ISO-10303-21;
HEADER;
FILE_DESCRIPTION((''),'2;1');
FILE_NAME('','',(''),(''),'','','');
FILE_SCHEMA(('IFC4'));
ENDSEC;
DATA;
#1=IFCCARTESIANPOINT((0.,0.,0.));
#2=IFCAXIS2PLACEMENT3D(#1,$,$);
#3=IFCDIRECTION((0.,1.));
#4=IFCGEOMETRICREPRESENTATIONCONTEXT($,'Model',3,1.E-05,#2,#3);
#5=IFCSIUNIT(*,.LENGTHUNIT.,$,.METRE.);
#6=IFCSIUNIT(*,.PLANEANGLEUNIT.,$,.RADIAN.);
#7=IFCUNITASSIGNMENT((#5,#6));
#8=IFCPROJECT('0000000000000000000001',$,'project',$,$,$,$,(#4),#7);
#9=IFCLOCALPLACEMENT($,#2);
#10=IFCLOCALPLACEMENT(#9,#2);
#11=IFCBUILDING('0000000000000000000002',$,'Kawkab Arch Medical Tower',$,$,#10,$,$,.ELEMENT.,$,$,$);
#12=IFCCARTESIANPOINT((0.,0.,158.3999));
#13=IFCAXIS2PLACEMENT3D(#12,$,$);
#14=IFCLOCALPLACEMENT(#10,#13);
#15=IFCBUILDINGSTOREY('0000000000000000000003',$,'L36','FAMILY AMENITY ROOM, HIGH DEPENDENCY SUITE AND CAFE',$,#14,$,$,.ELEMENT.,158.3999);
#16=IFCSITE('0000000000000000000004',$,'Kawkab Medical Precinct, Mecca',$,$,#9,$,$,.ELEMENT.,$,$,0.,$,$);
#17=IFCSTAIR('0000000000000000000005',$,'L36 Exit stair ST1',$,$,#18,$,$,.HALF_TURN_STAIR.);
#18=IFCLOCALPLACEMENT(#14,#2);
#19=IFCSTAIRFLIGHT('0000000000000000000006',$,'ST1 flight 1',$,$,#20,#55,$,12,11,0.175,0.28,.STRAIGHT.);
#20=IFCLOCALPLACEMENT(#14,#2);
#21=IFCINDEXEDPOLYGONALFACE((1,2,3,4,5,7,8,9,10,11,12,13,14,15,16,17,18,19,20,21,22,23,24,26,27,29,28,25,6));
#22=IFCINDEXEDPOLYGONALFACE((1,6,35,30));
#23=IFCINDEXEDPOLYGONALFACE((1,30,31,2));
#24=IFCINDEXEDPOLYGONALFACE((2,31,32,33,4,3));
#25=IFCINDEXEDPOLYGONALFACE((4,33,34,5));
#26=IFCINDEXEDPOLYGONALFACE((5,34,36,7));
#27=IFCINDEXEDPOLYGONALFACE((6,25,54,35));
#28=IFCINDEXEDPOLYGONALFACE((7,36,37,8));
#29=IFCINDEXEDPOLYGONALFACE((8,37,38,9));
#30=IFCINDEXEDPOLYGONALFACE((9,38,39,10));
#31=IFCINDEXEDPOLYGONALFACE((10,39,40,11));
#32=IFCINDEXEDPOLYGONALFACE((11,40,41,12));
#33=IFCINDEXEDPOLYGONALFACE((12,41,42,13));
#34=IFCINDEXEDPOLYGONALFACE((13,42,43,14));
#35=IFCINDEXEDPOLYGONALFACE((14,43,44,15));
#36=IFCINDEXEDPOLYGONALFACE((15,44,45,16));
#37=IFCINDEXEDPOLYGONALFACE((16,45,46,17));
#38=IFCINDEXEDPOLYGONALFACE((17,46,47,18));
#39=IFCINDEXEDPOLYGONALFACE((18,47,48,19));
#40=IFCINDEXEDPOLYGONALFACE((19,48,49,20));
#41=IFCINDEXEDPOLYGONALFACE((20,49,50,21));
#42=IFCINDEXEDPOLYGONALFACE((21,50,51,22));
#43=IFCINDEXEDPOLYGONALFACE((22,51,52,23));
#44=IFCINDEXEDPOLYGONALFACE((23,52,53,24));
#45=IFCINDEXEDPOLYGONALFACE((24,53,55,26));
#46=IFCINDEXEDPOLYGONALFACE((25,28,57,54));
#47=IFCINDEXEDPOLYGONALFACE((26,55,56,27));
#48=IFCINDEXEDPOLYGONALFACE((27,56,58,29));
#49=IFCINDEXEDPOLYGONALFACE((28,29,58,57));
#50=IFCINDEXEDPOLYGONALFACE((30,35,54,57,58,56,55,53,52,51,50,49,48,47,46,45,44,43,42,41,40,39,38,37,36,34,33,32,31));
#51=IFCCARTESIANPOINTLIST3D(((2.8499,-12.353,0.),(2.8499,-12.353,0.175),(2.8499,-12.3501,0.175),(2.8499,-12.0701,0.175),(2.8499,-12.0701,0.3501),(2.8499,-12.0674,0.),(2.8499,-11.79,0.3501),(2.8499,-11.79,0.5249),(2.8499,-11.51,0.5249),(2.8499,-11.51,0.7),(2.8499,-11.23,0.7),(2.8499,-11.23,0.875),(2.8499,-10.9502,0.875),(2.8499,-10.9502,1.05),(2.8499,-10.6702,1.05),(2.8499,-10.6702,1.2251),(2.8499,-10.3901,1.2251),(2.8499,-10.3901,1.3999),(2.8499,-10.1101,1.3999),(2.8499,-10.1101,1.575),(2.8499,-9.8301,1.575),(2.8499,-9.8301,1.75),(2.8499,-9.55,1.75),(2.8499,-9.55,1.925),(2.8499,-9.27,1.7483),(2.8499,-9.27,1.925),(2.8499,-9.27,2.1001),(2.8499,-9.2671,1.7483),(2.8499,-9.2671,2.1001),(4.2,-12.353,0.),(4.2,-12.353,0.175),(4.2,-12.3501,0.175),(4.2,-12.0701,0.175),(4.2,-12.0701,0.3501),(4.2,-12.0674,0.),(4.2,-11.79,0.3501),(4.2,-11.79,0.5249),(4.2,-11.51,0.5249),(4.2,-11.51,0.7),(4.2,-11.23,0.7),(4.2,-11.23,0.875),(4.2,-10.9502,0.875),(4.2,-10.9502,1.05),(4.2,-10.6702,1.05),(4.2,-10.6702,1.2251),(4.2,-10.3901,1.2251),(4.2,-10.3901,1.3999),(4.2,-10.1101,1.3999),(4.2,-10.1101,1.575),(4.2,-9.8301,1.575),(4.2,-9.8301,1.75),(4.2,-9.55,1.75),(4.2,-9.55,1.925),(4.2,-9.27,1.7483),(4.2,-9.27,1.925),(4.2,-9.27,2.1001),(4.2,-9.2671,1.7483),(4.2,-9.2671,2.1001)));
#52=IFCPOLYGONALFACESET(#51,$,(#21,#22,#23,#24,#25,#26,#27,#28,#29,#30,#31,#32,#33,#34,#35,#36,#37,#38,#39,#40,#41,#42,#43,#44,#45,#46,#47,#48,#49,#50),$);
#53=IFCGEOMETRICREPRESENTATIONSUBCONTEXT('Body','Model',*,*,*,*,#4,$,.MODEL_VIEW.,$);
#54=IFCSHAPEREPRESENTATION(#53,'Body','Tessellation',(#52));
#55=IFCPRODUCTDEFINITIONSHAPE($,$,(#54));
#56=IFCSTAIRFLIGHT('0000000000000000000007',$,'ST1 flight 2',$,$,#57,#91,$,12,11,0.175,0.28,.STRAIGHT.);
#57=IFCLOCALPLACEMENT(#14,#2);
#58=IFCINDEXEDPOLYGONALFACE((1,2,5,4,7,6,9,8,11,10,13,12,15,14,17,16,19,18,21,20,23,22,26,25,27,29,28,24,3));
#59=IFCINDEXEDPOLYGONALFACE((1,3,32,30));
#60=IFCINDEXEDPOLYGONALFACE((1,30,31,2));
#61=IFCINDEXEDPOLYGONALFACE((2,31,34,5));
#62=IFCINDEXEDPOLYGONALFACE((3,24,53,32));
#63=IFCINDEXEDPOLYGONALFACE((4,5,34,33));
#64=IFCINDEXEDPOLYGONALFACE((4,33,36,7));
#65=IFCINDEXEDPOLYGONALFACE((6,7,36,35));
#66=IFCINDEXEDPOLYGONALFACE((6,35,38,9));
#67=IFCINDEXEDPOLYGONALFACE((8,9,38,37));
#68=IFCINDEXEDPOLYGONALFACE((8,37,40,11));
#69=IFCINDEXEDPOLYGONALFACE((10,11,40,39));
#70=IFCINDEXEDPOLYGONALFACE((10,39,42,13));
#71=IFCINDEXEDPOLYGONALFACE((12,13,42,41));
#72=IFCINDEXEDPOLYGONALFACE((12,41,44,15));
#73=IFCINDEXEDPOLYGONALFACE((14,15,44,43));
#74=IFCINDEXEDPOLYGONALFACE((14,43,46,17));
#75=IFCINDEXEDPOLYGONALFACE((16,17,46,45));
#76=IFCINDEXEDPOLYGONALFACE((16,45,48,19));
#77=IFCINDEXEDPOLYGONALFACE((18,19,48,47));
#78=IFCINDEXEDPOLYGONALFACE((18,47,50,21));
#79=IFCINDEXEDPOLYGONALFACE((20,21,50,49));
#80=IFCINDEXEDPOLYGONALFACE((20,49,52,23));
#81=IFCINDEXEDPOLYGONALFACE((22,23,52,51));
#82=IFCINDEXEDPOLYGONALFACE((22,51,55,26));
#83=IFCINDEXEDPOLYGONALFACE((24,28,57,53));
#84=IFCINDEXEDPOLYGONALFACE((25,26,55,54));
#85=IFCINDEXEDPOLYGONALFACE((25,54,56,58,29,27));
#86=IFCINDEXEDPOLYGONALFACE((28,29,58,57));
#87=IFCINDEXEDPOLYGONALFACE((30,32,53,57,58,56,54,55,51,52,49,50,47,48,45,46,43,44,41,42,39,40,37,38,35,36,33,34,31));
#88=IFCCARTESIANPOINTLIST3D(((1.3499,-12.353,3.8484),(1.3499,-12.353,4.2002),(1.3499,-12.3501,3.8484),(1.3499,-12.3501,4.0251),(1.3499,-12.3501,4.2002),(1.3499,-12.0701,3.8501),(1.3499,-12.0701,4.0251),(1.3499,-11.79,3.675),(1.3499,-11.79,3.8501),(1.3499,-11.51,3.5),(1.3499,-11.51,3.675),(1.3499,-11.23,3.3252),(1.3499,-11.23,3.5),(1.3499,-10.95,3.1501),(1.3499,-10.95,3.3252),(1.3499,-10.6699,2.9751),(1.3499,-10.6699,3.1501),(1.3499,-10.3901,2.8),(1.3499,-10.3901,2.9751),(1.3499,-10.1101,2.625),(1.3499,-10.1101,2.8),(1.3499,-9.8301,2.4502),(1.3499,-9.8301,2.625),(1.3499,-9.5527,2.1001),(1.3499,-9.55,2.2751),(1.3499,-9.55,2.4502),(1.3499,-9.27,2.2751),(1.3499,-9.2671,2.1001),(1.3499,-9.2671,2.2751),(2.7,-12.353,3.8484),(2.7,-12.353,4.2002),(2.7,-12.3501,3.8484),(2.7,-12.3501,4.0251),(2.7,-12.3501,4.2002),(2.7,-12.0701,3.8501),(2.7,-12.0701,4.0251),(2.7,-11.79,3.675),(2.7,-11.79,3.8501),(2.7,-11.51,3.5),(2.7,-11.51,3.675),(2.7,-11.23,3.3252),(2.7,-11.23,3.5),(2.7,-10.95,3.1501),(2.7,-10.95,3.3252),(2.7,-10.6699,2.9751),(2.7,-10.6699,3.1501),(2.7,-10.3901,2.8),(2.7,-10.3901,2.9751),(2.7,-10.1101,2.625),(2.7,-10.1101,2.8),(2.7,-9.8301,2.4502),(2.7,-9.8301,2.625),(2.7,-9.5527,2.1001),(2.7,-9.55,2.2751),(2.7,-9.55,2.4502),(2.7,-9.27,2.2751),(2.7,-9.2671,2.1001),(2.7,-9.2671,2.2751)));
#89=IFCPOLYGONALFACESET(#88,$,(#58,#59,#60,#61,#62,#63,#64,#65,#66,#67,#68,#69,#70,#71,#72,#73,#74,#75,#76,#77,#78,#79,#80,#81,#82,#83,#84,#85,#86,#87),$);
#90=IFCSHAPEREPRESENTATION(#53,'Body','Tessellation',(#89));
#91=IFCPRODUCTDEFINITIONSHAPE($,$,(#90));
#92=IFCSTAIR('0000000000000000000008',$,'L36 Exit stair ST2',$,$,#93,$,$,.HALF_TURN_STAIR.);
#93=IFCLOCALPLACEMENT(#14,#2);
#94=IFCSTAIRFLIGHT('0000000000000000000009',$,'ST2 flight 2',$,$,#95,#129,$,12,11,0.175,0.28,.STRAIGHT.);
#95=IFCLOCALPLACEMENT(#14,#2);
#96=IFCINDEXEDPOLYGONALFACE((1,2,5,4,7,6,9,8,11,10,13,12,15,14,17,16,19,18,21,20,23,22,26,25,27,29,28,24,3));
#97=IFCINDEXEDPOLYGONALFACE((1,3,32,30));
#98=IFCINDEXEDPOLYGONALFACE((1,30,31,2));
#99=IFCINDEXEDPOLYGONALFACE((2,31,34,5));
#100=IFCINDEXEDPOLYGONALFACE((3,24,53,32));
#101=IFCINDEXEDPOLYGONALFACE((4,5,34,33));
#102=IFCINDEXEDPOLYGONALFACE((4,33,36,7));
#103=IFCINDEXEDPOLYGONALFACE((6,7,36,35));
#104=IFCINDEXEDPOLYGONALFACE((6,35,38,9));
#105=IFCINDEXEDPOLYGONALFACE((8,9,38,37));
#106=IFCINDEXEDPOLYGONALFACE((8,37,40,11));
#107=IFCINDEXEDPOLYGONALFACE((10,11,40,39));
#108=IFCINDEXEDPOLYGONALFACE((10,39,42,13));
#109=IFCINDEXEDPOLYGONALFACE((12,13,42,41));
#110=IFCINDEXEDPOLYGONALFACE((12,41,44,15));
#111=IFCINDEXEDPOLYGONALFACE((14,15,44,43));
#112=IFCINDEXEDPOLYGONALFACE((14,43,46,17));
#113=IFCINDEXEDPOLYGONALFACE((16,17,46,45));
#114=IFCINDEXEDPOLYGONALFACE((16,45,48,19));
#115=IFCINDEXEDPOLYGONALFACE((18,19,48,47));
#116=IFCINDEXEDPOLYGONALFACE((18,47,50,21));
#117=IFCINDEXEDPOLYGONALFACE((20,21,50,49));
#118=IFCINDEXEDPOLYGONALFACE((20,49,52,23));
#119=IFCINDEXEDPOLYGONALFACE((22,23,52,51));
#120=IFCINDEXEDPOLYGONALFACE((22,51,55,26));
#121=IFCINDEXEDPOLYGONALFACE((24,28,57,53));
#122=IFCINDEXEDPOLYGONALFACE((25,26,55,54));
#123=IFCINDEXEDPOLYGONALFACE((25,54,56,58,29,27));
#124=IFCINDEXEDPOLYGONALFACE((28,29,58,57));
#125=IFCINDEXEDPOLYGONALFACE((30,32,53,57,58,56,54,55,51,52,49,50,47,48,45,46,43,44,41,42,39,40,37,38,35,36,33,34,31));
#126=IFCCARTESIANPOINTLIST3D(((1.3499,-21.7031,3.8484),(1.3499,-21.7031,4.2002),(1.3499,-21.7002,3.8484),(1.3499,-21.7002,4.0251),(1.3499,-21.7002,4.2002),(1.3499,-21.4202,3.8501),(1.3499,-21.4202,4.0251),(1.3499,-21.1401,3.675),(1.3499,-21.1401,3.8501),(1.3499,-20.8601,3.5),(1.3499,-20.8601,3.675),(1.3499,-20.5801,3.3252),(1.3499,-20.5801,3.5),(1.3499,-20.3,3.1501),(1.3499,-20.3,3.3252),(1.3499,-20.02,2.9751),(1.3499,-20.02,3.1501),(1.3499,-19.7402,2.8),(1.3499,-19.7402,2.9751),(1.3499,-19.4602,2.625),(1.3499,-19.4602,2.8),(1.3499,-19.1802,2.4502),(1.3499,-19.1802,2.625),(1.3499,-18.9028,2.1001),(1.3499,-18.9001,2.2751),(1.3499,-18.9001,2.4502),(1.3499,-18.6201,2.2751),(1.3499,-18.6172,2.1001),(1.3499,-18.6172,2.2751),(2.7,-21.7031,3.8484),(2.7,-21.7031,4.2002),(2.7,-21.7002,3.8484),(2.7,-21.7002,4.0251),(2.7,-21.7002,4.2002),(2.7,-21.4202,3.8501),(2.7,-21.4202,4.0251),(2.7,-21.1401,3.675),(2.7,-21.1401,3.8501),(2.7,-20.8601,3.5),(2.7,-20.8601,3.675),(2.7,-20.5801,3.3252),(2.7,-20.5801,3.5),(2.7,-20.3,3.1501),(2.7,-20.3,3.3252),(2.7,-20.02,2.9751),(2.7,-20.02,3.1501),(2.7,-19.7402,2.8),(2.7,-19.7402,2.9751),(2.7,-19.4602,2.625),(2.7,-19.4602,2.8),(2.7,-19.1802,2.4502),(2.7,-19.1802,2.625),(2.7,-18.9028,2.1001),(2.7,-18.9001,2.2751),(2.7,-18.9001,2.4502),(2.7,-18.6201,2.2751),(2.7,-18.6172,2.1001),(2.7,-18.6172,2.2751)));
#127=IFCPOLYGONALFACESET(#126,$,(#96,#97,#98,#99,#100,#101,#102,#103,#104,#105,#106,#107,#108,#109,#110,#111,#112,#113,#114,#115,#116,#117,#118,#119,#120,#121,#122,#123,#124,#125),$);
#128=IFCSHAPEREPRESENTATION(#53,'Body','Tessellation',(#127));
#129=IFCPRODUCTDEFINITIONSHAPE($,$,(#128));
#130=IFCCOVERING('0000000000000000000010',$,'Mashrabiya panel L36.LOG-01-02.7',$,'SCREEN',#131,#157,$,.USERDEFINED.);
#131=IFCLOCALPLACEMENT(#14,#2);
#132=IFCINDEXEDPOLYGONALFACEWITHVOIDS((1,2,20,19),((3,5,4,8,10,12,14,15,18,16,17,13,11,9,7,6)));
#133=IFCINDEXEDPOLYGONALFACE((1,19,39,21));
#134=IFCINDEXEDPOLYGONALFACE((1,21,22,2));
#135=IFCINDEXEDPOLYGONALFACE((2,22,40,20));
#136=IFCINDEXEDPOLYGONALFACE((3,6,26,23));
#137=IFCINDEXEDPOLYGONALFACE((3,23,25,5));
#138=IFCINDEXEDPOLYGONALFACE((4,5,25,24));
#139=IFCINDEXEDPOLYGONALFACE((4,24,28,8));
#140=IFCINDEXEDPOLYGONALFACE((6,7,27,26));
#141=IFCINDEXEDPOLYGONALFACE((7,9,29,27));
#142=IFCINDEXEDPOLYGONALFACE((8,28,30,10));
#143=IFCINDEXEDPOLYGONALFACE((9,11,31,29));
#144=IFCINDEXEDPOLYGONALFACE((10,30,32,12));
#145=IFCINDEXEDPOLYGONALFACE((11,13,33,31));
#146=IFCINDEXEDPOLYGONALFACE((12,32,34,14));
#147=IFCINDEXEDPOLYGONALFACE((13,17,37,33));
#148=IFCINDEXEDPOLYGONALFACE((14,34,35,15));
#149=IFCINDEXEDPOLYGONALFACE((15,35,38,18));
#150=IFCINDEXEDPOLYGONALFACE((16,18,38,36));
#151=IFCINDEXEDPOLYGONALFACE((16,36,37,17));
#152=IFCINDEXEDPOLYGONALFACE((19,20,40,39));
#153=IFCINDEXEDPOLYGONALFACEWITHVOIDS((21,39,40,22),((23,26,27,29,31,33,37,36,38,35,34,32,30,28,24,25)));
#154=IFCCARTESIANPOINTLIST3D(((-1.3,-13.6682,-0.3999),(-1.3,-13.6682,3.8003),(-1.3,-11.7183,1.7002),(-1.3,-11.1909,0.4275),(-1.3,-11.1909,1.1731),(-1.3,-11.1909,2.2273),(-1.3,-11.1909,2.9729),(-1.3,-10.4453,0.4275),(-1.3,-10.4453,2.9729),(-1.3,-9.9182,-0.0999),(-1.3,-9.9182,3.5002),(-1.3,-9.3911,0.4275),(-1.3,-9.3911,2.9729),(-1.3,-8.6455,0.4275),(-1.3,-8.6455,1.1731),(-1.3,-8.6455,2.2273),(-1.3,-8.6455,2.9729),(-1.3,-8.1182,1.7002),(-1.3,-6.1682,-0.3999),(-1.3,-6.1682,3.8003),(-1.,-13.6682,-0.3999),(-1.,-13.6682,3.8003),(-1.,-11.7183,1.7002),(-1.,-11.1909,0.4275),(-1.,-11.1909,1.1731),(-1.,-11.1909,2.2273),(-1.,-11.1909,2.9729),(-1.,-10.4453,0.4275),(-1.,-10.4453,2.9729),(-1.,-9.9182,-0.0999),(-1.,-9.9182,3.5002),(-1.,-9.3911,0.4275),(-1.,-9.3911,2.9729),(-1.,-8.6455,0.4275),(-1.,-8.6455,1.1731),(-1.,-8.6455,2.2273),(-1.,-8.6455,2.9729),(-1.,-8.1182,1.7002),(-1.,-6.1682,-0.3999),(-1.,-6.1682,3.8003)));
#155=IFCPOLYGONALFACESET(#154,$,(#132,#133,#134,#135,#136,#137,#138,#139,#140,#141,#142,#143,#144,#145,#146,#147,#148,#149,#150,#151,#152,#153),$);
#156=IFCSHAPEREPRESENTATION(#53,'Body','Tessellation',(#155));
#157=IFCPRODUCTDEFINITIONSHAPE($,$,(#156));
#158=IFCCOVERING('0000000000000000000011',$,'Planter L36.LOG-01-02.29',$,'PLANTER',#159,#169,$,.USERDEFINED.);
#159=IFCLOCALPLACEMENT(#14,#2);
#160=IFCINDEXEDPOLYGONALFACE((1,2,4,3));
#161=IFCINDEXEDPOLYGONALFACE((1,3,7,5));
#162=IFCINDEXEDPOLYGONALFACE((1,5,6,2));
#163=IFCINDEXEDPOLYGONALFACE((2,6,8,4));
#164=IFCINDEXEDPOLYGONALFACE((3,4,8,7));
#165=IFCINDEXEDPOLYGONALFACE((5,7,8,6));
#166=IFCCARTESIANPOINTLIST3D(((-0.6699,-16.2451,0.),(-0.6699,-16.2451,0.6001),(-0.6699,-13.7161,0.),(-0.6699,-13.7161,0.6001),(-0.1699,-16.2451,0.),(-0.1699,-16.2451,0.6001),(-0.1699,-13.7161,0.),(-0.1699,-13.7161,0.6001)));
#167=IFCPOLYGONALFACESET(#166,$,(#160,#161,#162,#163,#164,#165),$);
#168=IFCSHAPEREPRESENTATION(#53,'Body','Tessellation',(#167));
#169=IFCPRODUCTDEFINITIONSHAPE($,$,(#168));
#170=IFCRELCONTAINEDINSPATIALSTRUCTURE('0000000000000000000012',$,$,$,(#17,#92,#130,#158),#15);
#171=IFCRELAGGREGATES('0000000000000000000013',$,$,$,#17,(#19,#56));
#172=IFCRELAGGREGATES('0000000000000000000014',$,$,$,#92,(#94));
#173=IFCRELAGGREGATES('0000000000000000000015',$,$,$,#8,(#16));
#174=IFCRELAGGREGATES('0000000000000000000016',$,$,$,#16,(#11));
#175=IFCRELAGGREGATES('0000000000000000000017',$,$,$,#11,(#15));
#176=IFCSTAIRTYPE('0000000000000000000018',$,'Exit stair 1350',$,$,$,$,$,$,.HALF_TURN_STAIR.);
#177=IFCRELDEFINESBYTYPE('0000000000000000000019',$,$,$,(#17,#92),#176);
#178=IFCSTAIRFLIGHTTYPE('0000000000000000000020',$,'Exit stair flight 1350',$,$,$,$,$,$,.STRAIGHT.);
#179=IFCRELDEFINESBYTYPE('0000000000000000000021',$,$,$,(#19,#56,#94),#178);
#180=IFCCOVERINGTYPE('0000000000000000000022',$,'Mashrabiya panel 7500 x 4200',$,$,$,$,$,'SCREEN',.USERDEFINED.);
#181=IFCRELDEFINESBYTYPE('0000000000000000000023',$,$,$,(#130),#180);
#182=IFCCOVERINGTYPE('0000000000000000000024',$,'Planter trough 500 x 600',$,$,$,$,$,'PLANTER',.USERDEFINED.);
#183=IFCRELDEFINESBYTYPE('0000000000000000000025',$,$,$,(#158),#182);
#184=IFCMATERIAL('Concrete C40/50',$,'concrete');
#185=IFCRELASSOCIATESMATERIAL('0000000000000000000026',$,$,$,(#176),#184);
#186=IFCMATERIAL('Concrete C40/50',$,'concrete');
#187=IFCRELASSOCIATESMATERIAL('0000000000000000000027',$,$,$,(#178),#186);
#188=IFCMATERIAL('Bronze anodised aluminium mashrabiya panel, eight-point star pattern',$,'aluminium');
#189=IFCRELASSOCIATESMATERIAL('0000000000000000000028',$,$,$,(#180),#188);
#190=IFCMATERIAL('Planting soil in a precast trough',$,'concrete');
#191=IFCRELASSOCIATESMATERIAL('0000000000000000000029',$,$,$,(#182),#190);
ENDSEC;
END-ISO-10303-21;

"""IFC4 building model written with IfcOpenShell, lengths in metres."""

from ifc_helpers import new_model, si_unit, direction, frame, origin, origin_2d, place, context, subcontext, project, spatial, polyline, rectangle, outline, extrude, material, material_profile, profile_set, type_object, element, aggregate, save


model = new_model("IFC4")

# Units and contexts
model_context = context("Model", 3, precision=1e-05, world=origin(), true_north=direction((0.0, 1.0)))
body_context = subcontext(model_context, "Body", "Model", "MODEL_VIEW")
ifc_project = project(units=[si_unit("LENGTHUNIT", "METRE"), si_unit("PLANEANGLEUNIT", "RADIAN")], contexts=[model_context])

# Site, building, storey
site_placement = place(None, origin())
site = spatial("IfcSite", under=ifc_project, at=site_placement, Name="Kawkab Medical Precinct, Mecca", CompositionType="ELEMENT", RefElevation=0.0)
building_placement = place(site_placement, origin())
building = spatial("IfcBuilding", under=site, at=building_placement, Name="Kawkab Arch Medical Tower", CompositionType="ELEMENT")
storey_placement = place(building_placement, frame((0.0, 0.0, 158.3999)))
storey = spatial("IfcBuildingStorey", under=building, at=storey_placement, Name="L36", Description="FAMILY AMENITY ROOM, HIGH DEPENDENCY SUITE AND CAFE", CompositionType="ELEMENT", Elevation=158.3999)

# Shared definitions
placement = place(storey_placement, origin())

# Stair, stair flights
ifc_material_1 = material(Name="Concrete C40/50", Category="concrete")
stair_type = type_object("IfcStairType", Name="Exit stair 1350", PredefinedType="HALF_TURN_STAIR", material=ifc_material_1)
stair_1 = element("IfcStair", 1, at=placement, inside=storey, type_object=stair_type, Name="L36 Exit stair ST1", PredefinedType="HALF_TURN_STAIR")
ifc_material_2 = material(Name="Concrete C40/50", Category="concrete")
stair_flight_type = type_object("IfcStairFlightType", Name="Exit stair flight 1350", PredefinedType="STRAIGHT", material=ifc_material_2)
stair_flight_1_placement = place(storey_placement, frame((3.5249, -12.3501, 0.0), z_axis=(0.0, 0.0, 1.0), x_axis=(0.0, 1.0, 0.0)))
stair_flight_1 = element("IfcStairFlight", 2, at=stair_flight_1_placement, type_object=stair_flight_type, Name="ST1 flight 1", NumberOfRisers=12, NumberOfTreads=11, PredefinedType="STRAIGHT", RiserHeight=0.175, TreadLength=0.28, context=body_context, shape_type="SweptSolid", body=[
    extrude(outline(polyline([(-0.0029, 0.0), (-0.0029, 0.175), (0.0, 0.175), (0.28, 0.175), (0.28, 0.3501), (0.5601, 0.3501), (0.5601, 0.5249), (0.8401, 0.5249), (0.8401, 0.7), (1.1201, 0.7), (1.1201, 0.875), (1.3999, 0.875), (1.3999, 1.05), (1.6799, 1.05), (1.6799, 1.2251), (1.96, 1.2251), (1.96, 1.3999), (2.24, 1.3999), (2.24, 1.575), (2.52, 1.575), (2.52, 1.75), (2.8, 1.75), (2.8, 1.925), (3.0801, 1.925), (3.0801, 2.1001), (3.083, 2.1001), (3.083, 1.7483), (3.0801, 1.7483), (0.2827, 0.0), (-0.0029, 0.0)])), frame((0.0, 0.675, 0.0), z_axis=(0.0, -1.0, 0.0), x_axis=(1.0, 0.0, 0.0)), (0.0, 0.0, 1.0), 1.3501),
])
stair_flight_2_placement = place(storey_placement, frame((2.0249, -9.27, 2.1001), z_axis=(0.0, 0.0, 1.0), x_axis=(0.0, -1.0, 0.0)))
stair_flight_2 = element("IfcStairFlight", 3, at=stair_flight_2_placement, type_object=stair_flight_type, Name="ST1 flight 2", NumberOfRisers=12, NumberOfTreads=11, PredefinedType="STRAIGHT", RiserHeight=0.175, TreadLength=0.28, context=body_context, shape_type="SweptSolid", body=[
    extrude(outline(polyline([(-0.0029, 0.0), (-0.0029, 0.175), (0.0, 0.175), (0.28, 0.175), (0.28, 0.3501), (0.5601, 0.3501), (0.5601, 0.5249), (0.8401, 0.5249), (0.8401, 0.7), (1.1201, 0.7), (1.1201, 0.875), (1.3999, 0.875), (1.3999, 1.05), (1.6799, 1.05), (1.6799, 1.2251), (1.96, 1.2251), (1.96, 1.3999), (2.24, 1.3999), (2.24, 1.575), (2.52, 1.575), (2.52, 1.75), (2.8, 1.75), (2.8, 1.925), (3.0801, 1.925), (3.0801, 2.1001), (3.083, 2.1001), (3.083, 1.7483), (3.0801, 1.7483), (0.2827, 0.0), (-0.0029, 0.0)])), frame((0.0, 0.675, 0.0), z_axis=(0.0, -1.0, 0.0), x_axis=(1.0, 0.0, 0.0)), (0.0, 0.0, 1.0), 1.3501),
])
aggregate(stair_1, [stair_flight_1, stair_flight_2])

# Stair, stair flight
stair_2 = element("IfcStair", 4, at=placement, inside=storey, type_object=stair_type, Name="L36 Exit stair ST2", PredefinedType="HALF_TURN_STAIR")
stair_flight_3_placement = place(storey_placement, frame((2.0249, -18.6201, 2.1001), z_axis=(0.0, 0.0, 1.0), x_axis=(0.0, -1.0, 0.0)))
stair_flight_3 = element("IfcStairFlight", 5, at=stair_flight_3_placement, type_object=stair_flight_type, Name="ST2 flight 2", NumberOfRisers=12, NumberOfTreads=11, PredefinedType="STRAIGHT", RiserHeight=0.175, TreadLength=0.28, context=body_context, shape_type="SweptSolid", body=[
    extrude(outline(polyline([(-0.0029, 0.0), (-0.0029, 0.175), (0.0, 0.175), (0.28, 0.175), (0.28, 0.3501), (0.5601, 0.3501), (0.5601, 0.5249), (0.8401, 0.5249), (0.8401, 0.7), (1.1201, 0.7), (1.1201, 0.875), (1.3999, 0.875), (1.3999, 1.05), (1.6799, 1.05), (1.6799, 1.2251), (1.96, 1.2251), (1.96, 1.3999), (2.24, 1.3999), (2.24, 1.575), (2.52, 1.575), (2.52, 1.75), (2.8, 1.75), (2.8, 1.925), (3.0801, 1.925), (3.0801, 2.1001), (3.083, 2.1001), (3.083, 1.7483), (3.0801, 1.7483), (0.2827, 0.0), (-0.0029, 0.0)])), frame((0.0, 0.675, 0.0), z_axis=(0.0, -1.0, 0.0), x_axis=(1.0, 0.0, 0.0)), (0.0, 0.0, 1.0), 1.3501),
])
aggregate(stair_2, [stair_flight_3])

# Coverings
ifc_material_3 = material(Name="Bronze anodised aluminium mashrabiya panel, eight-point star pattern", Category="aluminium")
ifc_material_profile_1 = material_profile(ifc_material_3, outline(polyline([(-3.75, -2.1001), (3.75, -2.1001), (3.75, 2.1001), (-3.75, 2.1001), (-3.75, -2.1001)]), holes=[polyline([(1.8, 0.0), (1.2727, 0.5271), (1.2727, 1.2727), (0.5271, 1.2727), (0.0, 1.8), (-0.5271, 1.2727), (-1.2727, 1.2727), (-1.2727, 0.5271), (-1.8, 0.0), (-1.2727, -0.5271), (-1.2727, -1.2727), (-0.5271, -1.2727), (0.0, -1.8), (0.5271, -1.2727), (1.2727, -1.2727), (1.2727, -0.5271), (1.8, 0.0)])]), Name="Mashrabiya panel 7500x4200")
ifc_profile_set_1 = profile_set([ifc_material_profile_1], Name="Bronze anodised aluminium mashrabiya panel, eight-point star pattern")
covering_type_1 = type_object("IfcCoveringType", Name="Mashrabiya panel 7500 x 4200", ElementType="SCREEN", PredefinedType="USERDEFINED", material=ifc_profile_set_1)
covering_1_placement = place(storey_placement, frame((-1.0, -9.9182, 1.7002), z_axis=(-1.0, 0.0, 0.0), x_axis=(0.0, -1.0, 0.0)))
element("IfcCovering", 6, at=covering_1_placement, inside=storey, type_object=covering_type_1, Name="Mashrabiya panel L36.LOG-01-02.7", ObjectType="SCREEN", PredefinedType="USERDEFINED", context=body_context, shape_type="SweptSolid", body=[
    extrude(outline(polyline([(-3.75, -2.1001), (3.75, -2.1001), (3.75, 2.1001), (-3.75, 2.1001), (-3.75, -2.1001)]), holes=[polyline([(1.8, 0.0), (1.2727, 0.5271), (1.2727, 1.2727), (0.5271, 1.2727), (0.0, 1.8), (-0.5271, 1.2727), (-1.2727, 1.2727), (-1.2727, 0.5271), (-1.8, 0.0), (-1.2727, -0.5271), (-1.2727, -1.2727), (-0.5271, -1.2727), (0.0, -1.8), (0.5271, -1.2727), (1.2727, -1.2727), (1.2727, -0.5271), (1.8, 0.0)])]), origin(), (0.0, 0.0, 1.0), 0.3),
])
ifc_material_4 = material(Name="Planting soil in a precast trough", Category="concrete")
ifc_material_profile_2 = material_profile(ifc_material_4, rectangle(XDim=0.5, YDim=0.6001, at=origin_2d()), Name="Trough 500x600")
ifc_profile_set_2 = profile_set([ifc_material_profile_2], Name="Planting soil in a precast trough")
covering_type_2 = type_object("IfcCoveringType", Name="Planter trough 500 x 600", ElementType="PLANTER", PredefinedType="USERDEFINED", material=ifc_profile_set_2)
covering_2_placement = place(storey_placement, frame((-0.4199, -16.2451, 0.3), z_axis=(0.0, 1.0, 0.0), x_axis=(-1.0, 0.0, 0.0)))
element("IfcCovering", 7, at=covering_2_placement, inside=storey, type_object=covering_type_2, Name="Planter L36.LOG-01-02.29", ObjectType="PLANTER", PredefinedType="USERDEFINED", context=body_context, shape_type="SweptSolid", body=[
    extrude(rectangle(XDim=0.5, YDim=0.6001, at=origin_2d()), origin(), (0.0, 0.0, 1.0), 2.5291),
])

save(model, "model.ifc")
